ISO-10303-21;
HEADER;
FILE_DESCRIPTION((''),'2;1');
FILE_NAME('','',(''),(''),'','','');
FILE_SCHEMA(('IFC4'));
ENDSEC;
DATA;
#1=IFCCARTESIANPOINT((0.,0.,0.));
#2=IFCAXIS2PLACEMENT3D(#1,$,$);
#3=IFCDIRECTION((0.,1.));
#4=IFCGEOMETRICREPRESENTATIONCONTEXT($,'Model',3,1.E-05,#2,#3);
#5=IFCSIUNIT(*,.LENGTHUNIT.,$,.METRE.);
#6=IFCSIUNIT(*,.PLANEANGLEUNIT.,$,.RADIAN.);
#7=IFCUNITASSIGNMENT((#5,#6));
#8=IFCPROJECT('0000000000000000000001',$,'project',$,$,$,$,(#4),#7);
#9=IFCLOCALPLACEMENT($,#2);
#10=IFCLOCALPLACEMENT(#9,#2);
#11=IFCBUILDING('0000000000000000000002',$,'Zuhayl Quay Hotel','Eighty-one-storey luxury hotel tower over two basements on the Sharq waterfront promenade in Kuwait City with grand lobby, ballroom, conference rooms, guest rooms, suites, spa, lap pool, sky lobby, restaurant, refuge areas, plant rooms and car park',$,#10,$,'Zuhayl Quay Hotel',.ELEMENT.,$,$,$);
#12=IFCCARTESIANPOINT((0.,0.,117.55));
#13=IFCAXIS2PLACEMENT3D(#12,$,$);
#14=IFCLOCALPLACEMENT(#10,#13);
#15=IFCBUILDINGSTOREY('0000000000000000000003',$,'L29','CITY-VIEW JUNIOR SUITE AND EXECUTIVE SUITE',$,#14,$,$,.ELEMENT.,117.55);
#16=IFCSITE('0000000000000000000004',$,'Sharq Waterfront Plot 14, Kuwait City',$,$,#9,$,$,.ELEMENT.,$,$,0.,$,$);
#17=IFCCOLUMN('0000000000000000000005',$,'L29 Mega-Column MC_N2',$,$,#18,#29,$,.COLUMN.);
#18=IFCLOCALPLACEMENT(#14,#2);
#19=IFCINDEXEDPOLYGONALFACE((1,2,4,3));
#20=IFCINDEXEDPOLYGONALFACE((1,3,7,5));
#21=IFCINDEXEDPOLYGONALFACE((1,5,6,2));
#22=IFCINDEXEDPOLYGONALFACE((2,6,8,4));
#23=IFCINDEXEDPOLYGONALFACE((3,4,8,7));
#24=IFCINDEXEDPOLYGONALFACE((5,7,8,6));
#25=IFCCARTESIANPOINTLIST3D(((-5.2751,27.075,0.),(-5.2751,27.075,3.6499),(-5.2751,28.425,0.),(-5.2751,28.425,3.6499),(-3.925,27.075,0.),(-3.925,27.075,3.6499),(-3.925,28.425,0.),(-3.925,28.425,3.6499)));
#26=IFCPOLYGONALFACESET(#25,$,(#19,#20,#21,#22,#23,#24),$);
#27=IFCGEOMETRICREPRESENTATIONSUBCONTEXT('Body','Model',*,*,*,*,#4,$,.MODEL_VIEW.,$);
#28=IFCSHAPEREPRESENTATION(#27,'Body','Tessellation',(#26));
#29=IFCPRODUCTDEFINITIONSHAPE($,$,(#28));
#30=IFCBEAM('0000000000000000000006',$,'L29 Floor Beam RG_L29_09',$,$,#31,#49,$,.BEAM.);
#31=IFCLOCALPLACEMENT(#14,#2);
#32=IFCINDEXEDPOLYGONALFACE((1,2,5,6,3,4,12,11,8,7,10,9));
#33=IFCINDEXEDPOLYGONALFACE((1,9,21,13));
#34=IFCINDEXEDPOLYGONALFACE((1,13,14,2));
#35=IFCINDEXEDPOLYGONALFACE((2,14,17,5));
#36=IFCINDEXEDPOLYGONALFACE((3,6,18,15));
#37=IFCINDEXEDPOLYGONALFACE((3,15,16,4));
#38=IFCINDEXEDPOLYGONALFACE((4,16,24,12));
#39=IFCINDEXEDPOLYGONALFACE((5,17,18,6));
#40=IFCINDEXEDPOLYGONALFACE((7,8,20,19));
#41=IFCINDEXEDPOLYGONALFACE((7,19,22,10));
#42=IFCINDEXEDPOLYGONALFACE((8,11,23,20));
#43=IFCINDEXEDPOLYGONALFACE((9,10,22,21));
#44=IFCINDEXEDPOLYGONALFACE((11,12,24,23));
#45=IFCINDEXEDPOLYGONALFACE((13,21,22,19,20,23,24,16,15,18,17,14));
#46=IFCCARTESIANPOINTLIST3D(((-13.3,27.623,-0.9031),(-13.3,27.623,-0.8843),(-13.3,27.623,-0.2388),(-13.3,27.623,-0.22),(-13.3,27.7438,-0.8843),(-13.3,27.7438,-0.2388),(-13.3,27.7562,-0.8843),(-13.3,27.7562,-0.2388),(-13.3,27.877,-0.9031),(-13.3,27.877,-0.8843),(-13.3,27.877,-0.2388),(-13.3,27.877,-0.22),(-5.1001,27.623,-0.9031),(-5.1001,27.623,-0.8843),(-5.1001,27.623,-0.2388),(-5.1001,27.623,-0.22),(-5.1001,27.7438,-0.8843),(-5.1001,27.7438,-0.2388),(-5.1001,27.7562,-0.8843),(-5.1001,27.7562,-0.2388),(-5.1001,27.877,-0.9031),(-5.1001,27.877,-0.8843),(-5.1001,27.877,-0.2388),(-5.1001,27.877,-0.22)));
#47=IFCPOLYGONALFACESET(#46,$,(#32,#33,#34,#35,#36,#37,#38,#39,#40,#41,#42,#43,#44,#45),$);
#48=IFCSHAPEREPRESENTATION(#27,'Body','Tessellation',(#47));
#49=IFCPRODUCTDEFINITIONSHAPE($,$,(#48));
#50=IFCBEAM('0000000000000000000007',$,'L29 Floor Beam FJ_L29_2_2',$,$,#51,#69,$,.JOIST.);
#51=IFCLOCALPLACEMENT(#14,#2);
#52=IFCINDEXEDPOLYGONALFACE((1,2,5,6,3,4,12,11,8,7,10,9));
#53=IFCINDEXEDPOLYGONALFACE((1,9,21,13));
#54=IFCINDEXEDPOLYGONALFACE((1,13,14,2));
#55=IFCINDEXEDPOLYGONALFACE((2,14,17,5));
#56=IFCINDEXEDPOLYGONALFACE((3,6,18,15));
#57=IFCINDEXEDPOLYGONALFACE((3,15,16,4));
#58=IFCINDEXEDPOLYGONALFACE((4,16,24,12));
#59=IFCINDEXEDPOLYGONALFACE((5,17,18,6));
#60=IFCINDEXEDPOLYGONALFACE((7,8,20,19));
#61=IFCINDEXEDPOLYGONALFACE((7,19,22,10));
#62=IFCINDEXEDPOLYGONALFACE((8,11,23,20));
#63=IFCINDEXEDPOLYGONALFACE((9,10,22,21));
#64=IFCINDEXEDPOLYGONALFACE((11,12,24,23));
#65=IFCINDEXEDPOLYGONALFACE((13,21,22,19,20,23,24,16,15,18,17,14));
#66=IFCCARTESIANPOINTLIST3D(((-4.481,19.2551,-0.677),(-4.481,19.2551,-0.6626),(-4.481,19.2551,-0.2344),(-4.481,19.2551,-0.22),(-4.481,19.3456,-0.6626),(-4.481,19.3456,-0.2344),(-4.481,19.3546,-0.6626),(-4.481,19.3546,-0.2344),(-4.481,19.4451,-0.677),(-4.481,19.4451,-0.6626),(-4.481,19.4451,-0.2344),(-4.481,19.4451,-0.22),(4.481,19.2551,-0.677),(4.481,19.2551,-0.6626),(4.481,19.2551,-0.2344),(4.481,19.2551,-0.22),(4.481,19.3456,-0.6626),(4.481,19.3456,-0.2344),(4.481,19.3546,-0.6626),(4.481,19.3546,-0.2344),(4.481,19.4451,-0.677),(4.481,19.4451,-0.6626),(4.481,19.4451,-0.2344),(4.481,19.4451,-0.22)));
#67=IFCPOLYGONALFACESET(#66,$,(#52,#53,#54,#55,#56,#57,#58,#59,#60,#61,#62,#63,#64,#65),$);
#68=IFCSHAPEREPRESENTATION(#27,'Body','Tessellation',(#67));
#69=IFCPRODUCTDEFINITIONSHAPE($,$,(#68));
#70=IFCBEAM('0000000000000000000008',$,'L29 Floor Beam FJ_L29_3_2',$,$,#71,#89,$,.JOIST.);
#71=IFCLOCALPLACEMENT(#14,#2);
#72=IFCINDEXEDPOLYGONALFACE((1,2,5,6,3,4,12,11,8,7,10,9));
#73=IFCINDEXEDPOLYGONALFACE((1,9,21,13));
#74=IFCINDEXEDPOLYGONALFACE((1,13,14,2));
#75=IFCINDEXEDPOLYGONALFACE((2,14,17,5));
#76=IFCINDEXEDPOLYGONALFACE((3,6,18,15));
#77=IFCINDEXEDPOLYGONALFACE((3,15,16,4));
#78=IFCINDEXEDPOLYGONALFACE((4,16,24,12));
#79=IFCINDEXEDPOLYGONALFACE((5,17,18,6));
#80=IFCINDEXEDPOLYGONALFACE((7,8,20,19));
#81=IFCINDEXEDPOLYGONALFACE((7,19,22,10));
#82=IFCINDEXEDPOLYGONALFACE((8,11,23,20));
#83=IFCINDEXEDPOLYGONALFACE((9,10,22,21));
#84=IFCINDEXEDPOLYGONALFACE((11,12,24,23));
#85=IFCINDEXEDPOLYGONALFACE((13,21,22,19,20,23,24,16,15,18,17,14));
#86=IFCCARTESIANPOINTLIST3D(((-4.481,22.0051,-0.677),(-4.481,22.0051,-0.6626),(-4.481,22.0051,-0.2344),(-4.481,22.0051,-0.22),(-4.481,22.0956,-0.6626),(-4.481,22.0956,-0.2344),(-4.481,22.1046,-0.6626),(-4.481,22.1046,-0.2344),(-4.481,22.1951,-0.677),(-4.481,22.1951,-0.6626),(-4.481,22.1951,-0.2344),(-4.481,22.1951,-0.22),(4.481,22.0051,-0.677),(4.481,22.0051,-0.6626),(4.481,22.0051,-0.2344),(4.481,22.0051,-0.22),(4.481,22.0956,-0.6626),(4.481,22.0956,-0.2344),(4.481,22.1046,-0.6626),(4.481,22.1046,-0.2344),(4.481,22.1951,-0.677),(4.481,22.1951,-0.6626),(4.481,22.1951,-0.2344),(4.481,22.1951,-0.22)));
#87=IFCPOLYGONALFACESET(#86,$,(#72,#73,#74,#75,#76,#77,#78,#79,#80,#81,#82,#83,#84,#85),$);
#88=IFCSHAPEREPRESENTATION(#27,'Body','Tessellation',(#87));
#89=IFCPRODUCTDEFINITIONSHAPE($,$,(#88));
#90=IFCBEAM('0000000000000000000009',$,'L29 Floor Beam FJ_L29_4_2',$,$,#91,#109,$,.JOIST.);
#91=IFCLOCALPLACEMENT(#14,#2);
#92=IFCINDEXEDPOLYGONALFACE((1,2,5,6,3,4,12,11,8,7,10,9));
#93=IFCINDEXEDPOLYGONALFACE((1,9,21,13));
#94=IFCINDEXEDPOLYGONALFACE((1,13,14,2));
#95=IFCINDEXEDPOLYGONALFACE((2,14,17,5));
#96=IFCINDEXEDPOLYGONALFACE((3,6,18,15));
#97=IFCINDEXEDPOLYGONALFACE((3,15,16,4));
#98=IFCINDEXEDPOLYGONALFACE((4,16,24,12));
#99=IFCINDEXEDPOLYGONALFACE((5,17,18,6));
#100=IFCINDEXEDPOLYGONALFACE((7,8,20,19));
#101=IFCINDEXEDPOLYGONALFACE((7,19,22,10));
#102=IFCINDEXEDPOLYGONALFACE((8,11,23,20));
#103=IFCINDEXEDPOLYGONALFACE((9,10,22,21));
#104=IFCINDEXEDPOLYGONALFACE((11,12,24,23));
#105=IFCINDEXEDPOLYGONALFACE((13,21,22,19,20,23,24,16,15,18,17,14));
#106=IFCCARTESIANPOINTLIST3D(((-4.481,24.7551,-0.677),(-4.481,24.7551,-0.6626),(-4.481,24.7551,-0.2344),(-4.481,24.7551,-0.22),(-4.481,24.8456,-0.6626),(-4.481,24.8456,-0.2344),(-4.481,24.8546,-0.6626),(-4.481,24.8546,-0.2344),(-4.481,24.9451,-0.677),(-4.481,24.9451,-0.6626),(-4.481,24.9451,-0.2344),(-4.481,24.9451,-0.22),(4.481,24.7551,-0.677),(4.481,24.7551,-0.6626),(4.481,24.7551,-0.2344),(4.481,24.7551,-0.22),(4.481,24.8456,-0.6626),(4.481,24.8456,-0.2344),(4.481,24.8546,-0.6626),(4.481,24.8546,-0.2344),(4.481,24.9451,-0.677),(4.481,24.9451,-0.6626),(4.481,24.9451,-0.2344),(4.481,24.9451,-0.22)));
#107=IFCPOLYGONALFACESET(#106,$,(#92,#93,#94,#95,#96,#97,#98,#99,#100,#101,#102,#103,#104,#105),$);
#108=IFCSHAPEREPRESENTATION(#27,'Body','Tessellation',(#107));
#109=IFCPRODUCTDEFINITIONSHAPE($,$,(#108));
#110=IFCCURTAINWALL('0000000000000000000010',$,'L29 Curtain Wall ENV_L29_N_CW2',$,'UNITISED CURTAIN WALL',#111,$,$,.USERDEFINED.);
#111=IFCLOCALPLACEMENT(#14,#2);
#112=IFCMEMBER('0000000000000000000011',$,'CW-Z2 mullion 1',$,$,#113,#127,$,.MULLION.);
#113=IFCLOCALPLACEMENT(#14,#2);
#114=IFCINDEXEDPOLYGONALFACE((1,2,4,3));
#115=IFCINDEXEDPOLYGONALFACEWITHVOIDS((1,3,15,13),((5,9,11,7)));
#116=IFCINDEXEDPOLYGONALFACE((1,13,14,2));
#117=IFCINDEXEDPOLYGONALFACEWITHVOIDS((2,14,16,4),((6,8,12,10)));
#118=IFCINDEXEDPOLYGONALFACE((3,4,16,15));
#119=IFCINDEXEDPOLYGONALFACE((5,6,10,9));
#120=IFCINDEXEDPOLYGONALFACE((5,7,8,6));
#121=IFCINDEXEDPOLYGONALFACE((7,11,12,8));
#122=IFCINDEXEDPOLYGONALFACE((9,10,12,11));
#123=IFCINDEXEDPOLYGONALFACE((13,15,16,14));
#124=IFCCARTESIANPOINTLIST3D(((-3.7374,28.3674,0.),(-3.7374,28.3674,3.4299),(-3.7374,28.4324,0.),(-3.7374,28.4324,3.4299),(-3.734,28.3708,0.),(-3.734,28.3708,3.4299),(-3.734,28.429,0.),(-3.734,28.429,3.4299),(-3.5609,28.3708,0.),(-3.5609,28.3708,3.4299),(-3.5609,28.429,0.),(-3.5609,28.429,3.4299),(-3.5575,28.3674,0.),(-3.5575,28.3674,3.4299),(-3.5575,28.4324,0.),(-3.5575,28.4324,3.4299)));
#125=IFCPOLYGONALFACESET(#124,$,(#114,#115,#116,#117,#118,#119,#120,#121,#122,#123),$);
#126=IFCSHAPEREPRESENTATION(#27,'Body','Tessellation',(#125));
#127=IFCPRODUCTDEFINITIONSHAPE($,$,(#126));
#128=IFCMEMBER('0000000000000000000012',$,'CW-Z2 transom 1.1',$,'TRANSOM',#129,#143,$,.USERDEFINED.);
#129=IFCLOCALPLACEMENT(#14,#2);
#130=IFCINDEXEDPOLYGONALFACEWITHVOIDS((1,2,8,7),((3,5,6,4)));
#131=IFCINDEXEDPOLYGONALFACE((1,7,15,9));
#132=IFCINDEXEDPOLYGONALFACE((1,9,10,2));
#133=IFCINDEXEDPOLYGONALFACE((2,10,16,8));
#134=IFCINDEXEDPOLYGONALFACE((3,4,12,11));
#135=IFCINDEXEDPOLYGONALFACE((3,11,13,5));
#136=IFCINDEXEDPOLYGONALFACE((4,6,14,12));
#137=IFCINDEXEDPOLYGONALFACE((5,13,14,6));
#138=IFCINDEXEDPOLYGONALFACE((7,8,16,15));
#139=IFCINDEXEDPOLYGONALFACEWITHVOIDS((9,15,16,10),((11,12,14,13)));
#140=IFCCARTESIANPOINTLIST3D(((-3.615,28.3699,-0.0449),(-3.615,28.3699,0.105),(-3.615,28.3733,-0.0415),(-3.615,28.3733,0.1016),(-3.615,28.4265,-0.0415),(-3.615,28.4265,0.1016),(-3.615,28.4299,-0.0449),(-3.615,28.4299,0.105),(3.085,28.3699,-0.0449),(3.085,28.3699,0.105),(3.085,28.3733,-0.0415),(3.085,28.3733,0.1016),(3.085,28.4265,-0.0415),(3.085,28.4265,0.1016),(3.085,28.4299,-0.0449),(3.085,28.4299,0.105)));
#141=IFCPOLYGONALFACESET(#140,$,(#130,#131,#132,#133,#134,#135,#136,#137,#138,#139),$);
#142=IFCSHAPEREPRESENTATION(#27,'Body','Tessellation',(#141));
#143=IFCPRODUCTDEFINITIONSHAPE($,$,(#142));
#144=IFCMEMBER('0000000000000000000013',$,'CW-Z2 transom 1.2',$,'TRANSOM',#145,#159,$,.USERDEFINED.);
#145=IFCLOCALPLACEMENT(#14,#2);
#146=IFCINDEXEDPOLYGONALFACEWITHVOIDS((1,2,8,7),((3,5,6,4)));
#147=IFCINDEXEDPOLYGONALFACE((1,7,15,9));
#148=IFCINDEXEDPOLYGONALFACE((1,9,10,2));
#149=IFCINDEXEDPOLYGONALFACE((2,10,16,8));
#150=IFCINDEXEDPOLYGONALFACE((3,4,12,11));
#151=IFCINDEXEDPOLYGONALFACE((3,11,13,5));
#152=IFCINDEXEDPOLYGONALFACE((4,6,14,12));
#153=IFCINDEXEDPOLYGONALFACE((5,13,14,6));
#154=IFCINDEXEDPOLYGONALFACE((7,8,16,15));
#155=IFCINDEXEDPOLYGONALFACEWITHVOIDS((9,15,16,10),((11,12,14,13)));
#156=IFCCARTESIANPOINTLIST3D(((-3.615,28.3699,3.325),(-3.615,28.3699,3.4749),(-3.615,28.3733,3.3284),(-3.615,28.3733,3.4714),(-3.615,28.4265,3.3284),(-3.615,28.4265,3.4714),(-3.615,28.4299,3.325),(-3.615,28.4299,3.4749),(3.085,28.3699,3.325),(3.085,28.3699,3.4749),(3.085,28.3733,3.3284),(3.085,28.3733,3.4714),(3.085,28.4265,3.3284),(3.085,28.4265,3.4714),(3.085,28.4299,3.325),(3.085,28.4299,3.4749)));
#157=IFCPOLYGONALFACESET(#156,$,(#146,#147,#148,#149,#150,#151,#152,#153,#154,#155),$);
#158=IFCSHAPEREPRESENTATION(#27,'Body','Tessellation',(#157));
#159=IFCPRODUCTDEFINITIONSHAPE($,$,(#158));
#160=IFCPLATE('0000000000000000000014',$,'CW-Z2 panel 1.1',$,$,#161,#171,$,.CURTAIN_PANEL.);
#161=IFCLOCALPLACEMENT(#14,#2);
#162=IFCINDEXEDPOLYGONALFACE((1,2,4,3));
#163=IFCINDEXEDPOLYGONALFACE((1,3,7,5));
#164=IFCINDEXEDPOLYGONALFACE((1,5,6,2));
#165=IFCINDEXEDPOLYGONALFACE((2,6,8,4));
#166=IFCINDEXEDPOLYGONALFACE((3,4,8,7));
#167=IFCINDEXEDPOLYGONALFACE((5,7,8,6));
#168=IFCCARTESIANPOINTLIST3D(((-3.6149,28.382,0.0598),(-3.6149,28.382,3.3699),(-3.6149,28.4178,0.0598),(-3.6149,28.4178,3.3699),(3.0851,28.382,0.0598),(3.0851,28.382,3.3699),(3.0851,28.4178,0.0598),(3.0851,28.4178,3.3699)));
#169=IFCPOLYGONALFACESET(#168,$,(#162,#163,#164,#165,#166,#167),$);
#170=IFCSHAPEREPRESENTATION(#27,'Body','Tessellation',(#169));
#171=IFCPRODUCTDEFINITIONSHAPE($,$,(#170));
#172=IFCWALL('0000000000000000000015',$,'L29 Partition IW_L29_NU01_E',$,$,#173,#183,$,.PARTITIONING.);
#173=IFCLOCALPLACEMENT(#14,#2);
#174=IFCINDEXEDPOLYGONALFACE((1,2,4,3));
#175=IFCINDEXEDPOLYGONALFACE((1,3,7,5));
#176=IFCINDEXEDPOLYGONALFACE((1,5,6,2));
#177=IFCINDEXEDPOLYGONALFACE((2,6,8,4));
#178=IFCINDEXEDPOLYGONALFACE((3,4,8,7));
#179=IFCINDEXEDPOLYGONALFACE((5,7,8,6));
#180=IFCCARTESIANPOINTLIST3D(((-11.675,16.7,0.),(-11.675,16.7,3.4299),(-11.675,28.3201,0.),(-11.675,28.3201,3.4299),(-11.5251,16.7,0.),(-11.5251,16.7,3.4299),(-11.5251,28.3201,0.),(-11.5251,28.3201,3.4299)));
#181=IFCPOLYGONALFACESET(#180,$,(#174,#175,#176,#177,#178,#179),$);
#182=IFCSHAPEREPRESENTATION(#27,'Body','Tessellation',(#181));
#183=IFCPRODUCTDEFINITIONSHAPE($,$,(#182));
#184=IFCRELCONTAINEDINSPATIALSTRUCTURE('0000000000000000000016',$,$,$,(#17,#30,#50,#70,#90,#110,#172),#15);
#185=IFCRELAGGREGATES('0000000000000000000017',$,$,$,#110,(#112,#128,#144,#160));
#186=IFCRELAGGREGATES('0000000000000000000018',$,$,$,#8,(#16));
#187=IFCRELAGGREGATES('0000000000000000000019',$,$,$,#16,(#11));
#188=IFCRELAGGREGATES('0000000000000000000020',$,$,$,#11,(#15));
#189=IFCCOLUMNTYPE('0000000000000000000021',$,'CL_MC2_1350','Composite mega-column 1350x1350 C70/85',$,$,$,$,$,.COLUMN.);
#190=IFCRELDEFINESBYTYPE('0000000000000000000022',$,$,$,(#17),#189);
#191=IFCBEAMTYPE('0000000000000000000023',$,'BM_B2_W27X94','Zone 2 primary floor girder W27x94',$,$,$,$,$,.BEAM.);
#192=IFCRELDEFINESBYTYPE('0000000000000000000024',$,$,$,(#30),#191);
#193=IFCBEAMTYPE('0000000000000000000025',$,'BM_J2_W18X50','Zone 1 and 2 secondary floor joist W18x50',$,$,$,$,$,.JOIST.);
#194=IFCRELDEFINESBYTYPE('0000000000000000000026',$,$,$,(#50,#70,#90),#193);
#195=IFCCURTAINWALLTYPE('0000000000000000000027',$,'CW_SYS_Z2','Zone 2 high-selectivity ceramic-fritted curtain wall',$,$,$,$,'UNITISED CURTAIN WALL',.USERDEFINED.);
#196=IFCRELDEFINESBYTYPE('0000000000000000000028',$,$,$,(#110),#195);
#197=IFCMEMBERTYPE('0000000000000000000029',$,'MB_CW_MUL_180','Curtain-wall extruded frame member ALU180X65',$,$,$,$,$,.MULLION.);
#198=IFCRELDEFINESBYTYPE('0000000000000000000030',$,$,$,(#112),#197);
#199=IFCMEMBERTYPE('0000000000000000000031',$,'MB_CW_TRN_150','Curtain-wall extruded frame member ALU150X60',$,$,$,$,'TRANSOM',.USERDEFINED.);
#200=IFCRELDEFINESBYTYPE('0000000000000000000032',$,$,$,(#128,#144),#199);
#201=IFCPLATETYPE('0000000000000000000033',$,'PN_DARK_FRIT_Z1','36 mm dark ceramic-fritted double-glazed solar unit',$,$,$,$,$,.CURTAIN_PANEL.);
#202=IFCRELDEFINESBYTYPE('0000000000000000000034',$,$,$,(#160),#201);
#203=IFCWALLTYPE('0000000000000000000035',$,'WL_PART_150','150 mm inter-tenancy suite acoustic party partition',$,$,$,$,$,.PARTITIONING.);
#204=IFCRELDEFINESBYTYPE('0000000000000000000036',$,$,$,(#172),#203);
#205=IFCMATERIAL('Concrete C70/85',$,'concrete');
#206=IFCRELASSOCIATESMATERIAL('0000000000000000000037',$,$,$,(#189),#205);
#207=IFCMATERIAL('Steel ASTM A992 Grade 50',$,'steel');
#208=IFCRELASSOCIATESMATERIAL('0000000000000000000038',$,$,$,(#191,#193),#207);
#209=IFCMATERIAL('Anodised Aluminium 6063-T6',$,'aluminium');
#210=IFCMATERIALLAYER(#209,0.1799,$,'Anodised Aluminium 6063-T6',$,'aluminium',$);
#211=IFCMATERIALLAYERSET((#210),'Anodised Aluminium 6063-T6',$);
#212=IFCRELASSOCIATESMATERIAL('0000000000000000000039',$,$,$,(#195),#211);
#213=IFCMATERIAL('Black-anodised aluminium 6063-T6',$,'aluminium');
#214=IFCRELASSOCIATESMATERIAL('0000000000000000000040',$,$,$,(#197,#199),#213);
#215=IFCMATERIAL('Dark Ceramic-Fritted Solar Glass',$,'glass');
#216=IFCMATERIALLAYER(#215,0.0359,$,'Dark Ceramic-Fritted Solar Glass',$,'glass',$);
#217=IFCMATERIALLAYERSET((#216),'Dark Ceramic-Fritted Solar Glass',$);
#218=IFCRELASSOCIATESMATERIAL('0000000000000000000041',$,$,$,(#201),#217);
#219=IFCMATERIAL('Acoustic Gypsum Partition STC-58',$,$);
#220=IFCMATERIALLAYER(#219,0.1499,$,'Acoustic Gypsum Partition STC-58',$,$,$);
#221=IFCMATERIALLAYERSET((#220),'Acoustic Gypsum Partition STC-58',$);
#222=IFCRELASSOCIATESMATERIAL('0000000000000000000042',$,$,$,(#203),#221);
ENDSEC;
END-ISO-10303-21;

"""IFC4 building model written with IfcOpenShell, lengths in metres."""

from ifc_helpers import new_model, si_unit, direction, frame, frame_2d, origin, origin_2d, place, context, subcontext, project, spatial, rectangle, hollow_rectangle, i_section, extrude, material, layer, layer_set, material_profile, profile_set, type_object, element, aggregate, save


model = new_model("IFC4")

# Units and contexts
model_context = context("Model", 3, precision=1e-05, world=origin(), true_north=direction((0.0, 1.0)))
body_context = subcontext(model_context, "Body", "Model", "MODEL_VIEW")
ifc_project = project(units=[si_unit("LENGTHUNIT", "METRE"), si_unit("PLANEANGLEUNIT", "RADIAN")], contexts=[model_context])

# Site, building, storey
site_placement = place(None, origin())
site = spatial("IfcSite", under=ifc_project, at=site_placement, Name="Sharq Waterfront Plot 14, Kuwait City", CompositionType="ELEMENT", RefElevation=0.0)
building_placement = place(site_placement, origin())
building = spatial("IfcBuilding", under=site, at=building_placement, Name="Zuhayl Quay Hotel", Description="Eighty-one-storey luxury hotel tower over two basements on the Sharq waterfront promenade in Kuwait City with grand lobby, ballroom, conference rooms, guest rooms, suites, spa, lap pool, sky lobby, restaurant, refuge areas, plant rooms and car park", LongName="Zuhayl Quay Hotel", CompositionType="ELEMENT")
storey_placement = place(building_placement, frame((0.0, 0.0, 117.55)))
storey = spatial("IfcBuildingStorey", under=building, at=storey_placement, Name="L29", Description="CITY-VIEW JUNIOR SUITE AND EXECUTIVE SUITE", CompositionType="ELEMENT", Elevation=117.55)

# Column
ifc_material_1 = material(Name="Concrete C70/85", Category="concrete")
ifc_material_profile_1 = material_profile(ifc_material_1, rectangle(XDim=1.3501, YDim=1.3501, at=origin_2d()), Name="RC1350X1350")
ifc_profile_set_1 = profile_set([ifc_material_profile_1], Name="Concrete C70/85")
column_type = type_object("IfcColumnType", Name="CL_MC2_1350", Description="Composite mega-column 1350x1350 C70/85", PredefinedType="COLUMN", material=ifc_profile_set_1)
column_placement = place(storey_placement, frame((-4.6001, 27.75, 0.0), z_axis=(0.0, 0.0, 1.0), x_axis=(1.0, 0.0, 0.0)))
element("IfcColumn", 1, at=column_placement, inside=storey, type_object=column_type, Name="L29 Mega-Column MC_N2", PredefinedType="COLUMN", context=body_context, shape_type="SweptSolid", body=[
    extrude(rectangle(XDim=1.3501, YDim=1.3501, at=origin_2d()), origin(), (0.0, 0.0, 1.0), 3.6499),
])

# Beams
ifc_material_2 = material(Name="Steel ASTM A992 Grade 50", Category="steel")
ifc_material_profile_2 = material_profile(ifc_material_2, i_section(OverallWidth=0.2539, OverallDepth=0.6831, WebThickness=0.0125, FlangeThickness=0.0188, at=origin_2d()), Name="W27X94")
ifc_profile_set_2 = profile_set([ifc_material_profile_2], Name="Steel ASTM A992 Grade 50")
beam_type_1 = type_object("IfcBeamType", Name="BM_B2_W27X94", Description="Zone 2 primary floor girder W27x94", PredefinedType="BEAM", material=ifc_profile_set_2)
beam_placement = place(storey_placement, frame((-5.1001, 27.75, -0.5615), z_axis=(-1.0, 0.0, 0.0), x_axis=(0.0, -1.0, 0.0)))
element("IfcBeam", 2, at=beam_placement, inside=storey, type_object=beam_type_1, Name="L29 Floor Beam RG_L29_09", PredefinedType="BEAM", context=body_context, shape_type="SweptSolid", body=[
    extrude(i_section(OverallWidth=0.2539, OverallDepth=0.6831, WebThickness=0.0125, FlangeThickness=0.0188, at=origin_2d()), origin(), (0.0, 0.0, 1.0), 8.2),
])
ifc_material_profile_3 = material_profile(ifc_material_2, i_section(OverallWidth=0.1899, OverallDepth=0.457, WebThickness=0.009, FlangeThickness=0.0144, at=origin_2d()), Name="W18X50")
ifc_profile_set_3 = profile_set([ifc_material_profile_3], Name="Steel ASTM A992 Grade 50")
beam_type_2 = type_object("IfcBeamType", Name="BM_J2_W18X50", Description="Zone 1 and 2 secondary floor joist W18x50", PredefinedType="JOIST", material=ifc_profile_set_3)
for number, where, z_axis, x_axis, name in (
    (3, (-4.481, 19.3501, -0.4485), (1.0, 0.0, 0.0), (0.0, 1.0, 0.0), "L29 Floor Beam FJ_L29_2_2"),
    (4, (-4.481, 22.1001, -0.4485), (1.0, 0.0, 0.0), (0.0, 1.0, 0.0), "L29 Floor Beam FJ_L29_3_2"),
    (5, (-4.481, 24.8501, -0.4485), (1.0, 0.0, 0.0), (0.0, 1.0, 0.0), "L29 Floor Beam FJ_L29_4_2"),
):
    element("IfcBeam", number, at=place(storey_placement, frame(where, z_axis=z_axis, x_axis=x_axis)), inside=storey, type_object=beam_type_2, Name=name, PredefinedType="JOIST", context=body_context, shape_type="SweptSolid", body=[
        extrude(i_section(OverallWidth=0.1899, OverallDepth=0.457, WebThickness=0.009, FlangeThickness=0.0144, at=origin_2d()), origin(), (0.0, 0.0, 1.0), 8.9619),
    ])

# Curtain wall, members, plate
ifc_material_3 = material(Name="Anodised Aluminium 6063-T6", Category="aluminium")
ifc_layer_1 = layer(ifc_material_3, 0.1799, Name="Anodised Aluminium 6063-T6", Category="aluminium")
ifc_layer_set_1 = layer_set([ifc_layer_1], Name="Anodised Aluminium 6063-T6")
curtain_wall_type = type_object("IfcCurtainWallType", Name="CW_SYS_Z2", Description="Zone 2 high-selectivity ceramic-fritted curtain wall", ElementType="UNITISED CURTAIN WALL", PredefinedType="USERDEFINED", material=ifc_layer_set_1)
curtain_wall_placement = place(storey_placement, origin())
curtain_wall = element("IfcCurtainWall", 6, at=curtain_wall_placement, inside=storey, type_object=curtain_wall_type, Name="L29 Curtain Wall ENV_L29_N_CW2", ObjectType="UNITISED CURTAIN WALL", PredefinedType="USERDEFINED")
ifc_material_4 = material(Name="Black-anodised aluminium 6063-T6", Category="aluminium")
ifc_material_profile_4 = material_profile(ifc_material_4, hollow_rectangle(XDim=0.0649, YDim=0.1799, WallThickness=0.0034, at=origin_2d()), Name="ALU180X65")
ifc_profile_set_4 = profile_set([ifc_material_profile_4], Name="Black-anodised aluminium 6063-T6")
member_type_1 = type_object("IfcMemberType", Name="MB_CW_MUL_180", Description="Curtain-wall extruded frame member ALU180X65", PredefinedType="MULLION", material=ifc_profile_set_4)
member_1_placement = place(storey_placement, frame((-3.6475, 28.3999, 0.0), z_axis=(0.0, 0.0, 1.0), x_axis=(0.0, 1.0, 0.0)))
member_1 = element("IfcMember", 7, at=member_1_placement, type_object=member_type_1, Name="CW-Z2 mullion 1", PredefinedType="MULLION", context=body_context, shape_type="SweptSolid", body=[
    extrude(hollow_rectangle(XDim=0.0649, YDim=0.1799, WallThickness=0.0034, at=origin_2d()), origin(), (0.0, 0.0, 1.0), 3.4299),
])
ifc_material_profile_5 = material_profile(ifc_material_4, hollow_rectangle(XDim=0.0601, YDim=0.1499, WallThickness=0.0034, at=origin_2d()), Name="ALU150X60")
ifc_profile_set_5 = profile_set([ifc_material_profile_5], Name="Black-anodised aluminium 6063-T6")
member_type_2 = type_object("IfcMemberType", Name="MB_CW_TRN_150", Description="Curtain-wall extruded frame member ALU150X60", ElementType="TRANSOM", PredefinedType="USERDEFINED", material=ifc_profile_set_5)
member_2_placement = place(storey_placement, frame((-3.615, 28.3999, 0.03), z_axis=(1.0, 0.0, 0.0), x_axis=(0.0, 1.0, 0.0)))
member_2 = element("IfcMember", 8, at=member_2_placement, type_object=member_type_2, Name="CW-Z2 transom 1.1", ObjectType="TRANSOM", PredefinedType="USERDEFINED", context=body_context, shape_type="SweptSolid", body=[
    extrude(hollow_rectangle(XDim=0.0601, YDim=0.1499, WallThickness=0.0034, at=origin_2d()), origin(), (0.0, 0.0, 1.0), 6.7),
])
member_3_placement = place(storey_placement, frame((-3.615, 28.3999, 3.3999), z_axis=(1.0, 0.0, 0.0), x_axis=(0.0, 1.0, 0.0)))
member_3 = element("IfcMember", 9, at=member_3_placement, type_object=member_type_2, Name="CW-Z2 transom 1.2", ObjectType="TRANSOM", PredefinedType="USERDEFINED", context=body_context, shape_type="SweptSolid", body=[
    extrude(hollow_rectangle(XDim=0.0601, YDim=0.1499, WallThickness=0.0034, at=origin_2d()), origin(), (0.0, 0.0, 1.0), 6.7),
])
ifc_material_5 = material(Name="Dark Ceramic-Fritted Solar Glass", Category="glass")
ifc_layer_2 = layer(ifc_material_5, 0.0359, Name="Dark Ceramic-Fritted Solar Glass", Category="glass")
ifc_layer_set_2 = layer_set([ifc_layer_2], Name="Dark Ceramic-Fritted Solar Glass")
plate_type = type_object("IfcPlateType", Name="PN_DARK_FRIT_Z1", Description="36 mm dark ceramic-fritted double-glazed solar unit", PredefinedType="CURTAIN_PANEL", material=ifc_layer_set_2)
plate_placement = place(storey_placement, frame((-0.2649, 28.3999, 0.0598), z_axis=(0.0, 0.0, 1.0), x_axis=(1.0, 0.0, 0.0)))
plate = element("IfcPlate", 10, at=plate_placement, type_object=plate_type, Name="CW-Z2 panel 1.1", PredefinedType="CURTAIN_PANEL", context=body_context, shape_type="SweptSolid", body=[
    extrude(rectangle(XDim=6.7, YDim=0.0359, at=origin_2d()), origin(), (0.0, 0.0, 1.0), 3.3101),
])
aggregate(curtain_wall, [member_1, member_2, member_3, plate])

# Wall
ifc_material_6 = material(Name="Acoustic Gypsum Partition STC-58")
ifc_layer_3 = layer(ifc_material_6, 0.1499, Name="Acoustic Gypsum Partition STC-58")
ifc_layer_set_3 = layer_set([ifc_layer_3], Name="Acoustic Gypsum Partition STC-58")
wall_type_1 = type_object("IfcWallType", Name="WL_PART_150", Description="150 mm inter-tenancy suite acoustic party partition", PredefinedType="PARTITIONING", material=ifc_layer_set_3)
wall_1_placement = place(storey_placement, frame((-11.6001, 16.7, 0.0), z_axis=(0.0, 0.0, 1.0), x_axis=(0.0, 1.0, 0.0)))
element("IfcWall", 11, at=wall_1_placement, inside=storey, type_object=wall_type_1, Name="L29 Partition IW_L29_NU01_E", PredefinedType="PARTITIONING", context=body_context, shape_type="SweptSolid", body=[
    extrude(rectangle(XDim=11.6201, YDim=0.1499, at=frame_2d((5.8101, 0.0))), origin(), (0.0, 0.0, 1.0), 3.4299),
])

save(model, "model.ifc")
